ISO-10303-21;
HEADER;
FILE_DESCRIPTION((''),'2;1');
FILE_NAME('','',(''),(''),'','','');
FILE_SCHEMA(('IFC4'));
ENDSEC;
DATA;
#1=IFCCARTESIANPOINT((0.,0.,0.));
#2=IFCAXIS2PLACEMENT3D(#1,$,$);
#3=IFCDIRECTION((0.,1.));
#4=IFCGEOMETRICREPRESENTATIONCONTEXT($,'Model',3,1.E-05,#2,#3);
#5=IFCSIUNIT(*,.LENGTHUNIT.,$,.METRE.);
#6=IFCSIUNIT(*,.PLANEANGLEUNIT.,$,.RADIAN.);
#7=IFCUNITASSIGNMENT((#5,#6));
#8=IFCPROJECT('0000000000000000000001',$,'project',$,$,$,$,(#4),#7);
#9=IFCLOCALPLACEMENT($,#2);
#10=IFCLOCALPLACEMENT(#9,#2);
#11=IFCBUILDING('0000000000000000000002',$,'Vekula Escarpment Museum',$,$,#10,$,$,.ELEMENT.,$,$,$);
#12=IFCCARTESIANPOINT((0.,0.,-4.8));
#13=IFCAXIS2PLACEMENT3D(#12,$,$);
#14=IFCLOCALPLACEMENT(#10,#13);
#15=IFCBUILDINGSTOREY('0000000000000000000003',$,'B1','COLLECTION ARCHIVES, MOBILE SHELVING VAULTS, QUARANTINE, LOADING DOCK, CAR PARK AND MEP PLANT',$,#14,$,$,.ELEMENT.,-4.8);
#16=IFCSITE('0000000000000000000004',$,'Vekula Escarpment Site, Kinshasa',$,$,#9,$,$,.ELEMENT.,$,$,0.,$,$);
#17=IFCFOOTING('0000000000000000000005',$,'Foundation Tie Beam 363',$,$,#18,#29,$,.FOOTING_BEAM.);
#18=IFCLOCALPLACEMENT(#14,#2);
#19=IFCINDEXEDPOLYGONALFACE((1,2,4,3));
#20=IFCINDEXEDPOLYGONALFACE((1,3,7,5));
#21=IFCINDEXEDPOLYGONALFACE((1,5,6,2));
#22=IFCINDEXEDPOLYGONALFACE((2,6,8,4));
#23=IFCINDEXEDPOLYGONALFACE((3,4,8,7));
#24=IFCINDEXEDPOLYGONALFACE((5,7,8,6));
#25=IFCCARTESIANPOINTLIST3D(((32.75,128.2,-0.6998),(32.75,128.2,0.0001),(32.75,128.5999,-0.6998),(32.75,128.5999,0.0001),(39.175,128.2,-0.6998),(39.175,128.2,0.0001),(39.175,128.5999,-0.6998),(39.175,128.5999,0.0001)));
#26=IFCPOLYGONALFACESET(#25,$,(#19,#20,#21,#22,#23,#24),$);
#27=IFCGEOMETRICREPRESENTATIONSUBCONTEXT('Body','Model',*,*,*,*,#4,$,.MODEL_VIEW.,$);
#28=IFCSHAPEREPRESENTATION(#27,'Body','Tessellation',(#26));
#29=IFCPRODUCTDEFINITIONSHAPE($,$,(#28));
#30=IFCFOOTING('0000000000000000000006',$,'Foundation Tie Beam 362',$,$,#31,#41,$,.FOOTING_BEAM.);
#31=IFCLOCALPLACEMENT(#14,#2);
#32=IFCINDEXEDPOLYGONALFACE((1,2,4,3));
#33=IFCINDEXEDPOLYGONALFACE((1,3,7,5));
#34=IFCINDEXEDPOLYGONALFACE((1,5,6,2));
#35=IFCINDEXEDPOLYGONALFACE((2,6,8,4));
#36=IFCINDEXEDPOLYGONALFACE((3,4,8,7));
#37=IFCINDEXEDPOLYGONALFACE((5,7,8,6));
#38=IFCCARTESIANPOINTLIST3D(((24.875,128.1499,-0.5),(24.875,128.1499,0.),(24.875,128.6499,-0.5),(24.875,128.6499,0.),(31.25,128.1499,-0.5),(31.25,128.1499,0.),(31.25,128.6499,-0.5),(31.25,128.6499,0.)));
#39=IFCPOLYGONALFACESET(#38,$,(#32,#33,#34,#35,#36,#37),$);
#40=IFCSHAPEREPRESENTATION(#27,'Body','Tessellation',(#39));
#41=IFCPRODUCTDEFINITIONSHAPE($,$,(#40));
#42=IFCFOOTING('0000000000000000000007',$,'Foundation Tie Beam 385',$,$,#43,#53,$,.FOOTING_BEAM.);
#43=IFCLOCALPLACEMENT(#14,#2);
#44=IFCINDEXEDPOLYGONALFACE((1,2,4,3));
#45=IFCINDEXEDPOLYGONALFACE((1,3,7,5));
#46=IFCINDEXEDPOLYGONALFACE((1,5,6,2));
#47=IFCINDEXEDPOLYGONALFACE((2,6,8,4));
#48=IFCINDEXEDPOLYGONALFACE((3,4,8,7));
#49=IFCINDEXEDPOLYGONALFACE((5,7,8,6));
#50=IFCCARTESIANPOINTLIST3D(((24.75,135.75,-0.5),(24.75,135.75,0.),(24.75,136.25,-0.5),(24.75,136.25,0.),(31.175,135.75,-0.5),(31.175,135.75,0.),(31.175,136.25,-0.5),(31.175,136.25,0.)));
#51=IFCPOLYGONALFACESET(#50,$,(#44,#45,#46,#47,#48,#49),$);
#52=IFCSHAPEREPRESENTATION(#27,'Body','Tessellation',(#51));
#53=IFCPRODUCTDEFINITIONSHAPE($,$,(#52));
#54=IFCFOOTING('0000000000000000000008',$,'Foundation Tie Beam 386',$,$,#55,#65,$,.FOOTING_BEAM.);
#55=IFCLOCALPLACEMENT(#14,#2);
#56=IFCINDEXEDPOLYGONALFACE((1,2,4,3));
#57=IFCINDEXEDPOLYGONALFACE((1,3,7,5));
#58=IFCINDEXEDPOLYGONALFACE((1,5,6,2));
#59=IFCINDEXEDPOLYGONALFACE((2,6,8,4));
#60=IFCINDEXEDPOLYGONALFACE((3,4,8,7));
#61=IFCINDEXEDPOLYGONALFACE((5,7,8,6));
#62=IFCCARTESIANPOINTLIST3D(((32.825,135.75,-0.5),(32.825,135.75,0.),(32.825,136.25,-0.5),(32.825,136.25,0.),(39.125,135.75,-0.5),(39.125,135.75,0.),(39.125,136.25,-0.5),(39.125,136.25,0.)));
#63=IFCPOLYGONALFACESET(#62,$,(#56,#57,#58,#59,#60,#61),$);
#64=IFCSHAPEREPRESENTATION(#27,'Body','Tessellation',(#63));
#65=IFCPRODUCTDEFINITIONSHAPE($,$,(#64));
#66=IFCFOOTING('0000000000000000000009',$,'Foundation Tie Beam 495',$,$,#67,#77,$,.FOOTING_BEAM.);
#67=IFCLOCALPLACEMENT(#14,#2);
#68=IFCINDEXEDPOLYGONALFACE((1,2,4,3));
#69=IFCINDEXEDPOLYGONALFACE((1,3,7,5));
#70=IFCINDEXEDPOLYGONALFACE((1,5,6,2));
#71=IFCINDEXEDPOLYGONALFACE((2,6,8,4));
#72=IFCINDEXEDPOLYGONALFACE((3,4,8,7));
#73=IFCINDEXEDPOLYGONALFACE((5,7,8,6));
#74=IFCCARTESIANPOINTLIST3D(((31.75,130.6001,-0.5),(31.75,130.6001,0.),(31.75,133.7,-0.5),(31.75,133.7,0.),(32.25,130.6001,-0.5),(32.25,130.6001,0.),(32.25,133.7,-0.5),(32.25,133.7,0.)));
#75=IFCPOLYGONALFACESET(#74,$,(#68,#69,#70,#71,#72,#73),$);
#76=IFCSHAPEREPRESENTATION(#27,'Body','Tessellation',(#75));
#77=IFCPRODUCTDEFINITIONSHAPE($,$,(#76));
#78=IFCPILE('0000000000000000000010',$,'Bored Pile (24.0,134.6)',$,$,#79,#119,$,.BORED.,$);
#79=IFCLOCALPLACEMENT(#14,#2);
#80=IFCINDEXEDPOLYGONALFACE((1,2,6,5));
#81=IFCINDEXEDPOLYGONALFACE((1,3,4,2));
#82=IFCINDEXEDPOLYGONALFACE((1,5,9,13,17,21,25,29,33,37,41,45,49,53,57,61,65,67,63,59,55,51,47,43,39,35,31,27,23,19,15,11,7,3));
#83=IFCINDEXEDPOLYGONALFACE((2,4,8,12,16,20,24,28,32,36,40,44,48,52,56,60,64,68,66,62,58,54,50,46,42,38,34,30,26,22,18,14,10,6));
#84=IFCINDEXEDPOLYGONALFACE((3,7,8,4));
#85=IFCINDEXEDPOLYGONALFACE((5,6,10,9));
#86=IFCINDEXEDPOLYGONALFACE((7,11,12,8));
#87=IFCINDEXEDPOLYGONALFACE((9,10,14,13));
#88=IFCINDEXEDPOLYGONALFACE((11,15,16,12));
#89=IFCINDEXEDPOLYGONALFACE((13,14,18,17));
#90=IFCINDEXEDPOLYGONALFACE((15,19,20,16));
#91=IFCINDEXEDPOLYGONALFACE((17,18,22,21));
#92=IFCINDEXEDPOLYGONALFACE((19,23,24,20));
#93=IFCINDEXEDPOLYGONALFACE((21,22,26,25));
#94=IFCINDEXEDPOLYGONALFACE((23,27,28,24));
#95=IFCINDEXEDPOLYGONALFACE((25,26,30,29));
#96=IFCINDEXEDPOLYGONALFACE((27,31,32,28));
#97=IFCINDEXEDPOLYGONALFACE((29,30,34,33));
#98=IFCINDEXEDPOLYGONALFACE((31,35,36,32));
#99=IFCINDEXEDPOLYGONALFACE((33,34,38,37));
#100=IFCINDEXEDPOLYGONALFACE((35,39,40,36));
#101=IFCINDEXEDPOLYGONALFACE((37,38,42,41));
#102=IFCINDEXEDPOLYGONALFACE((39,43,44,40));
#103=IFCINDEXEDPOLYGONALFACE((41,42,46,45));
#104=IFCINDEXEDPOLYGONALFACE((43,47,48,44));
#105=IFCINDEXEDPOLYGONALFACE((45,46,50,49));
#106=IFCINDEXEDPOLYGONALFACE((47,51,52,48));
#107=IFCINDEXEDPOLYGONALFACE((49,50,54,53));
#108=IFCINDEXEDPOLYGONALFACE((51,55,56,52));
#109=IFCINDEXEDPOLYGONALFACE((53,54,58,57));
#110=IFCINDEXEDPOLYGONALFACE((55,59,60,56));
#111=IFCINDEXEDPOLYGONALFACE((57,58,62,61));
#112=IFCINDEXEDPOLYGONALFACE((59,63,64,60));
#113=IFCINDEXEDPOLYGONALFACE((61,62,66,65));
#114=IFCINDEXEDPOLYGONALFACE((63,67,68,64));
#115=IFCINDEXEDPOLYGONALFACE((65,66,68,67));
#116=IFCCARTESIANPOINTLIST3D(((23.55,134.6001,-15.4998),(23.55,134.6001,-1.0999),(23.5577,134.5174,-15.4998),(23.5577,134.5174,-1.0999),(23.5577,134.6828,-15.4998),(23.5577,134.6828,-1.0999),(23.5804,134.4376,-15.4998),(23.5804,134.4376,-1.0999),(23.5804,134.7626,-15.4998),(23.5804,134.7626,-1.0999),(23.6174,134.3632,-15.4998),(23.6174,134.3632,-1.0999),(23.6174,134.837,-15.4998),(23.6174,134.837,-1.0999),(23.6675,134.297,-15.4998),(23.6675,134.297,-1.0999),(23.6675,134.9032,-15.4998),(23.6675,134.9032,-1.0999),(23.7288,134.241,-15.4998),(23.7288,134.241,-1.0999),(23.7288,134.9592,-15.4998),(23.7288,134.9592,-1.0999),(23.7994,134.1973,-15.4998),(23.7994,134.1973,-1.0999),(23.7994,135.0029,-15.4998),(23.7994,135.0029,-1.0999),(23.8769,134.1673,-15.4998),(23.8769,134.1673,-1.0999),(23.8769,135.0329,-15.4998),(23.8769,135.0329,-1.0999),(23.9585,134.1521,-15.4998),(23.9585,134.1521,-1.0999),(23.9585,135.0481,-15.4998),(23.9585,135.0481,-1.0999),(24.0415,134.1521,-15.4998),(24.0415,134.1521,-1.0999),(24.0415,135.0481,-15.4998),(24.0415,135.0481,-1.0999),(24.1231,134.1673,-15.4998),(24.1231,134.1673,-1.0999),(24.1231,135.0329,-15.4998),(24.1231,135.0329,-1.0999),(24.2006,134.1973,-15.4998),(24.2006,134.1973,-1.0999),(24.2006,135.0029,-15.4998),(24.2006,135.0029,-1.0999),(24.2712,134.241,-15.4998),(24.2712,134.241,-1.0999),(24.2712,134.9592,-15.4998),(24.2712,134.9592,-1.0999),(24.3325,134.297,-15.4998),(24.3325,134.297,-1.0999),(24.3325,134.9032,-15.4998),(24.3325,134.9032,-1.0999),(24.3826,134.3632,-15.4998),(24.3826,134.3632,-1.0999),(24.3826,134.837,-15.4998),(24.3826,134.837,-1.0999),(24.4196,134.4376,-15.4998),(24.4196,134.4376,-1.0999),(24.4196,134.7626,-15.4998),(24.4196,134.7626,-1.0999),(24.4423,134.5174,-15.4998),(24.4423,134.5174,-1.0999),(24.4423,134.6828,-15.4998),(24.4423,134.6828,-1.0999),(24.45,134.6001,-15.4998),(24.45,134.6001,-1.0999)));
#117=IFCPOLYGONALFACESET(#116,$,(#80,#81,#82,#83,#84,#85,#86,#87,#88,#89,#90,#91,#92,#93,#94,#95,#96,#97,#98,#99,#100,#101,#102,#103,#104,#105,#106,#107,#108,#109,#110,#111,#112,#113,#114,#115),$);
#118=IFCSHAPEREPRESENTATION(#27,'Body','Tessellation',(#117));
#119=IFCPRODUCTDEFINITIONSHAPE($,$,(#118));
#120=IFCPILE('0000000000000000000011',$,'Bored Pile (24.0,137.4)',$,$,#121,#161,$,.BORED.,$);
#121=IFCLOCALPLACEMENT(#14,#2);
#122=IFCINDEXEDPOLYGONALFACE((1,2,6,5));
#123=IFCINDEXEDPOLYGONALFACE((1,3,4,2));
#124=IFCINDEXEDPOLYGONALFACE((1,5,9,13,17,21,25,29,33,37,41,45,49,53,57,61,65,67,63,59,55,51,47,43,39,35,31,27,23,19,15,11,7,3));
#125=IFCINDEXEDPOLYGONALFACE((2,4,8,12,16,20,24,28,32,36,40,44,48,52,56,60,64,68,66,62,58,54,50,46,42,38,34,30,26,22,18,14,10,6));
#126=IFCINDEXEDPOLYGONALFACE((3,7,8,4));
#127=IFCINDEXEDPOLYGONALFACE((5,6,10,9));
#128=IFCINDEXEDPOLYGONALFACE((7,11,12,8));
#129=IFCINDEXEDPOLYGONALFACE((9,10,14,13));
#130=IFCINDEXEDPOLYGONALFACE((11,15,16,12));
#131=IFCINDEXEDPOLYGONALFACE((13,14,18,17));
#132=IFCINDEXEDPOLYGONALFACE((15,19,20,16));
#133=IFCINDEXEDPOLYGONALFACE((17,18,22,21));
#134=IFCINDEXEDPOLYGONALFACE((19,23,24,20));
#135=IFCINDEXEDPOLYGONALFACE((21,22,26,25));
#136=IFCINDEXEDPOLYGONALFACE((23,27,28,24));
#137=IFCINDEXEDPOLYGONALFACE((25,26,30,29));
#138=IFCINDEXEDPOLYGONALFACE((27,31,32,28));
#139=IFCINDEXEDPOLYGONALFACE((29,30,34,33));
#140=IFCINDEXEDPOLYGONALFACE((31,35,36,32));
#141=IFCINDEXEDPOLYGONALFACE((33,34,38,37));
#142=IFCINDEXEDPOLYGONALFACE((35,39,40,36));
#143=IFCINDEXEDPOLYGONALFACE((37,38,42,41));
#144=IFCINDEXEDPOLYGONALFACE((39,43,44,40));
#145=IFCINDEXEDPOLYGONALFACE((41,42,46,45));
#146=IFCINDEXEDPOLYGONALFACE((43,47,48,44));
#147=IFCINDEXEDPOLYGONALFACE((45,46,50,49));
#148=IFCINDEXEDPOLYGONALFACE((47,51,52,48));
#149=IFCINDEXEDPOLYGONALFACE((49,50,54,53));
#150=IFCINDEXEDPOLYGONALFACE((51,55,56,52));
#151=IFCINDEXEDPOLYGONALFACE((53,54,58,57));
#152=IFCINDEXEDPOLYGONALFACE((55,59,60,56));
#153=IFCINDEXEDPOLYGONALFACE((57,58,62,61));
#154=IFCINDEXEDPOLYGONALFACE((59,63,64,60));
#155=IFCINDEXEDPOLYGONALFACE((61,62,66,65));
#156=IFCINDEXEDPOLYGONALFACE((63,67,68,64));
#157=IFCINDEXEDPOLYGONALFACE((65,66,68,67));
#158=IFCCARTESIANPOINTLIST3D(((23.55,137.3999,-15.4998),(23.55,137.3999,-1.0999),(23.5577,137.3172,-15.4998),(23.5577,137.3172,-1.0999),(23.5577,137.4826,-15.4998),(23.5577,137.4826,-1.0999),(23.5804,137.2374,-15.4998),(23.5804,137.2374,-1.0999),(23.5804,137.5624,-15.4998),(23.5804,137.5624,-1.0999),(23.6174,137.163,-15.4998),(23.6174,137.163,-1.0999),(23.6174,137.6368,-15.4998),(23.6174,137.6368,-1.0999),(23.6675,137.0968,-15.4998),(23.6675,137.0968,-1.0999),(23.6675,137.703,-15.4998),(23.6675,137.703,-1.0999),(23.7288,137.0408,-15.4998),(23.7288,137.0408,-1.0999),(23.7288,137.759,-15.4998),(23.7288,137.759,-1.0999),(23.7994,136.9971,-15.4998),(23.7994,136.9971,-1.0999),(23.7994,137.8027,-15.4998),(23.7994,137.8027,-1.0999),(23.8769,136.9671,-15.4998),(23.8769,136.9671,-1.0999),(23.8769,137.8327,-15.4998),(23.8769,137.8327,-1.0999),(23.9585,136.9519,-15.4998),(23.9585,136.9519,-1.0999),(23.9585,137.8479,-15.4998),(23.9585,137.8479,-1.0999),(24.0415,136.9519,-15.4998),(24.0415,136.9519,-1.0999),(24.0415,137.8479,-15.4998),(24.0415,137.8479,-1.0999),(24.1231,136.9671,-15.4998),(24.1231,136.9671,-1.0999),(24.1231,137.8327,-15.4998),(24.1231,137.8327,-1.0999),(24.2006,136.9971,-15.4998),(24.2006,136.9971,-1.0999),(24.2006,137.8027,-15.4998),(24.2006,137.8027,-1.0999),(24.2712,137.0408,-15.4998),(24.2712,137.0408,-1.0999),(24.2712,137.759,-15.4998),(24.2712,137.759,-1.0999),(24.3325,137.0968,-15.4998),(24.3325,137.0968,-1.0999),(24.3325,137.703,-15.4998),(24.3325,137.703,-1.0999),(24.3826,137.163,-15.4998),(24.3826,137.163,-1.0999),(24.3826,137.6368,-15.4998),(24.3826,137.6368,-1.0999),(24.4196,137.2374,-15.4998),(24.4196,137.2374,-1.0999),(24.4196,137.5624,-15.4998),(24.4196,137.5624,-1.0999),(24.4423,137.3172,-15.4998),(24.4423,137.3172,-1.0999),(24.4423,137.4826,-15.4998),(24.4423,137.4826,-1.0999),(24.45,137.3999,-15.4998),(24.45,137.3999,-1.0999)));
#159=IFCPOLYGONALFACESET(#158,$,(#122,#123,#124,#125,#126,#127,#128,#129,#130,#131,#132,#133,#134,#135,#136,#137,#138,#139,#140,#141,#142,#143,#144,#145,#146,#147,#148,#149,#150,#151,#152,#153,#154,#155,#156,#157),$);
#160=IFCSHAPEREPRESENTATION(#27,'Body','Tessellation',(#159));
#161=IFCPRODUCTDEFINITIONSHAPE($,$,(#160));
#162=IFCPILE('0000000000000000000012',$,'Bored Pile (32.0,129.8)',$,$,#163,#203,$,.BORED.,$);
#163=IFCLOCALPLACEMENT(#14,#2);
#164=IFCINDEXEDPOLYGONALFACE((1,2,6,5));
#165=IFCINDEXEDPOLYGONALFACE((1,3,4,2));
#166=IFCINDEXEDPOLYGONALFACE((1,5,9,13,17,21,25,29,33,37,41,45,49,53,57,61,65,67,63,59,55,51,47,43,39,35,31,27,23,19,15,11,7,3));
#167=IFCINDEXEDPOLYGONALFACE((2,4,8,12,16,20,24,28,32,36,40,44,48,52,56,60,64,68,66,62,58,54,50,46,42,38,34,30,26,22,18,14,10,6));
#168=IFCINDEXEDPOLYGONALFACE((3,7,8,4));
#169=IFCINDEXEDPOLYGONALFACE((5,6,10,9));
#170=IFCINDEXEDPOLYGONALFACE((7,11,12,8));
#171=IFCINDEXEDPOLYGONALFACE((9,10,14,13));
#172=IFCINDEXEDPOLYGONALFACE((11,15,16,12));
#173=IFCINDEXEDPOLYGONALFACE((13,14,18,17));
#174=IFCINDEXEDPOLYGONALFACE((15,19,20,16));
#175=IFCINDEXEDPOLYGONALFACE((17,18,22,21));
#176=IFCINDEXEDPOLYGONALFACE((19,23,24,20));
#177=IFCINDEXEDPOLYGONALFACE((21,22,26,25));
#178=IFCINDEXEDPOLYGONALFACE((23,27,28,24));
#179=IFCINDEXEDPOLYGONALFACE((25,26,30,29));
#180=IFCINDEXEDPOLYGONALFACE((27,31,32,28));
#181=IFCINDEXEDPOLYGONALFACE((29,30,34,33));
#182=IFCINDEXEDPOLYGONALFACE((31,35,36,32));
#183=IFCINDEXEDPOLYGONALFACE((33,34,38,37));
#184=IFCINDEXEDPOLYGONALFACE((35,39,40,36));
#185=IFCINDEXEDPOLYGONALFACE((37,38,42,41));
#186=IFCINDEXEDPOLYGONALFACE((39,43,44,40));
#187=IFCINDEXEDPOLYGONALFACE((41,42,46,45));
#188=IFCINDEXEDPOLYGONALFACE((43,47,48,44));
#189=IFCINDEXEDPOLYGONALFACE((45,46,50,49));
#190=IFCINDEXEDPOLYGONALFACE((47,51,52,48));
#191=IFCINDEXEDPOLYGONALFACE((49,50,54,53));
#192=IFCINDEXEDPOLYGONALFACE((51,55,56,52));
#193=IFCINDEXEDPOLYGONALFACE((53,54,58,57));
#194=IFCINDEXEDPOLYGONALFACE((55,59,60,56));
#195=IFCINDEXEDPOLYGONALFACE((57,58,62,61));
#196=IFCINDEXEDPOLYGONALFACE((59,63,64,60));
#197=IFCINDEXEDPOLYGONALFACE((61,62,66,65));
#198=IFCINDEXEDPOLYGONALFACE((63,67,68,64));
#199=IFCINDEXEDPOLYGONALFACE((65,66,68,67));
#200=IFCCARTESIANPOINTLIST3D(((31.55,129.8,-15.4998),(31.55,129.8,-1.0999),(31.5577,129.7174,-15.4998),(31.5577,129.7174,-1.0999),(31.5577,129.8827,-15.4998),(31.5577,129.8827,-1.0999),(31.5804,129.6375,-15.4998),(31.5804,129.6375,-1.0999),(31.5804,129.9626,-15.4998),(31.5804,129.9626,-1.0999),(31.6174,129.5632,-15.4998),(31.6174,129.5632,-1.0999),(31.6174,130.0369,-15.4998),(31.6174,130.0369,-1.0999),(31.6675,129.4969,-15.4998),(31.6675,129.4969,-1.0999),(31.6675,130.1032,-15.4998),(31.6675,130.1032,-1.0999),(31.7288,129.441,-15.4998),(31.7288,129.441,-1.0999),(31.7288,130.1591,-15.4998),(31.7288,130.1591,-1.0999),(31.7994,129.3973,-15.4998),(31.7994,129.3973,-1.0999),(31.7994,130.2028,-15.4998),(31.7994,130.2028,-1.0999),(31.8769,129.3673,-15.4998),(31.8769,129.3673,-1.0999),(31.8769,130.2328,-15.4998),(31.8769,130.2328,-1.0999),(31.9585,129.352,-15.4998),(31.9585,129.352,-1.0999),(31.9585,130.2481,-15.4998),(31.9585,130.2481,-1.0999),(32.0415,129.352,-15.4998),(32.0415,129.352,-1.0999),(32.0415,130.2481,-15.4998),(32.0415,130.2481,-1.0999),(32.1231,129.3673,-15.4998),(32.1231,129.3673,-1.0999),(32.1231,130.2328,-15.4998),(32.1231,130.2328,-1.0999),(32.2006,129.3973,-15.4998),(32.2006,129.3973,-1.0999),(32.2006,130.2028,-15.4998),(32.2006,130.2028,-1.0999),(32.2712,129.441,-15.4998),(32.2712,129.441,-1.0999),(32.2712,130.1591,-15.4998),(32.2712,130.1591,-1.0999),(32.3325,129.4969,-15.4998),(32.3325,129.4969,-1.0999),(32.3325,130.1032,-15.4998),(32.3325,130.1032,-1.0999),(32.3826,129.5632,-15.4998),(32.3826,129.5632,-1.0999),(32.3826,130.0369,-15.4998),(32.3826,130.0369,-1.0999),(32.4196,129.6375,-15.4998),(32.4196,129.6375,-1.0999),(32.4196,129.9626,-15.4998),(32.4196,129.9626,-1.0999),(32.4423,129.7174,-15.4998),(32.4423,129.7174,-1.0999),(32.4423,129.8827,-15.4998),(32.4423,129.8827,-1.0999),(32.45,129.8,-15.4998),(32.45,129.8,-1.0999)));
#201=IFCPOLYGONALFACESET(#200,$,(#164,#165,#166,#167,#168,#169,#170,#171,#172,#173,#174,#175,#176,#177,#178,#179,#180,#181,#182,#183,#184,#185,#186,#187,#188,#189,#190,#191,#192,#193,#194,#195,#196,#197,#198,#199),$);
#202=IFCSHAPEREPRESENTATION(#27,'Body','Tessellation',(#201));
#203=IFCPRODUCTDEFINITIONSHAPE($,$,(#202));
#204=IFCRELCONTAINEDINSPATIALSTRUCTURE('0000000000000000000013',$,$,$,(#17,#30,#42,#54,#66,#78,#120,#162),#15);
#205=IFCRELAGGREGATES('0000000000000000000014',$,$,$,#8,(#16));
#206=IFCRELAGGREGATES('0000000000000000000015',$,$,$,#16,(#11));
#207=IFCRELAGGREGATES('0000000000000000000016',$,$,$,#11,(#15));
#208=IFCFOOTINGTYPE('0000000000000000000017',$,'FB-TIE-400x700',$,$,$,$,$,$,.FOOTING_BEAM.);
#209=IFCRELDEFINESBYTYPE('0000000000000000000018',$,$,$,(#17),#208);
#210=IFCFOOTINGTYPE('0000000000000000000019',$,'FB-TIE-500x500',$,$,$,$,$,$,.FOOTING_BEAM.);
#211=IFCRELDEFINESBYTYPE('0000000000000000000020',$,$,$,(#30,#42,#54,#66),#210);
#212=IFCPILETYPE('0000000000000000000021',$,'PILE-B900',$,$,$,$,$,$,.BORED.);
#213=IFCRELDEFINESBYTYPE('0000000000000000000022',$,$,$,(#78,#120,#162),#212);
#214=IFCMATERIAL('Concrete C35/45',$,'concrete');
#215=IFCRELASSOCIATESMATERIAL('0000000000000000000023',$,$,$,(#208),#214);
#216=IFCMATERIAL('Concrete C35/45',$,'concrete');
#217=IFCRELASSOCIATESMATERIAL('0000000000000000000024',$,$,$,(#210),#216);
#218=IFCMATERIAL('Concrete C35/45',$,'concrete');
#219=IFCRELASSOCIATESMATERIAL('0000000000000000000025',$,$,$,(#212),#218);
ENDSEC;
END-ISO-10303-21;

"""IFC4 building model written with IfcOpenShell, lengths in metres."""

from ifc_helpers import new_model, si_unit, direction, frame, origin, origin_2d, place, context, subcontext, project, spatial, rectangle, circle, extrude, material, material_profile, profile_set, type_object, element, save


model = new_model("IFC4")

# Units and contexts
model_context = context("Model", 3, precision=1e-05, world=origin(), true_north=direction((0.0, 1.0)))
body_context = subcontext(model_context, "Body", "Model", "MODEL_VIEW")
ifc_project = project(units=[si_unit("LENGTHUNIT", "METRE"), si_unit("PLANEANGLEUNIT", "RADIAN")], contexts=[model_context])

# Site, building, storey
site_placement = place(None, origin())
site = spatial("IfcSite", under=ifc_project, at=site_placement, Name="Vekula Escarpment Site, Kinshasa", CompositionType="ELEMENT", RefElevation=0.0)
building_placement = place(site_placement, origin())
building = spatial("IfcBuilding", under=site, at=building_placement, Name="Vekula Escarpment Museum", CompositionType="ELEMENT")
storey_placement = place(building_placement, frame((0.0, 0.0, -4.8)))
storey = spatial("IfcBuildingStorey", under=building, at=storey_placement, Name="B1", Description="COLLECTION ARCHIVES, MOBILE SHELVING VAULTS, QUARANTINE, LOADING DOCK, CAR PARK AND MEP PLANT", CompositionType="ELEMENT", Elevation=-4.8)

# Footings
ifc_material_1 = material(Name="Concrete C35/45", Category="concrete")
ifc_material_profile_1 = material_profile(ifc_material_1, rectangle(XDim=0.3999, YDim=0.7, at=origin_2d()), Name="RC 400x700")
ifc_profile_set_1 = profile_set([ifc_material_profile_1], Name="Concrete C35/45")
footing_type_1 = type_object("IfcFootingType", Name="FB-TIE-400x700", PredefinedType="FOOTING_BEAM", material=ifc_profile_set_1)
footing_1_placement = place(storey_placement, frame((32.75, 128.3999, -0.3499), z_axis=(1.0, 0.0, 0.0), x_axis=(0.0, 1.0, 0.0)))
element("IfcFooting", 1, at=footing_1_placement, inside=storey, type_object=footing_type_1, Name="Foundation Tie Beam 363", PredefinedType="FOOTING_BEAM", context=body_context, shape_type="SweptSolid", body=[
    extrude(rectangle(XDim=0.3999, YDim=0.7, at=origin_2d()), origin(), (0.0, 0.0, 1.0), 6.425),
])
ifc_material_2 = material(Name="Concrete C35/45", Category="concrete")
ifc_material_profile_2 = material_profile(ifc_material_2, rectangle(XDim=0.5, YDim=0.5, at=origin_2d()), Name="RC 500x500")
ifc_profile_set_2 = profile_set([ifc_material_profile_2], Name="Concrete C35/45")
footing_type_2 = type_object("IfcFootingType", Name="FB-TIE-500x500", PredefinedType="FOOTING_BEAM", material=ifc_profile_set_2)
footing_2_placement = place(storey_placement, frame((24.875, 128.3999, -0.25), z_axis=(1.0, 0.0, 0.0), x_axis=(0.0, 1.0, 0.0)))
element("IfcFooting", 2, at=footing_2_placement, inside=storey, type_object=footing_type_2, Name="Foundation Tie Beam 362", PredefinedType="FOOTING_BEAM", context=body_context, shape_type="SweptSolid", body=[
    extrude(rectangle(XDim=0.5, YDim=0.5, at=origin_2d()), origin(), (0.0, 0.0, 1.0), 6.375),
])
footing_3_placement = place(storey_placement, frame((24.75, 136.0, -0.25), z_axis=(1.0, 0.0, 0.0), x_axis=(0.0, 1.0, 0.0)))
element("IfcFooting", 3, at=footing_3_placement, inside=storey, type_object=footing_type_2, Name="Foundation Tie Beam 385", PredefinedType="FOOTING_BEAM", context=body_context, shape_type="SweptSolid", body=[
    extrude(rectangle(XDim=0.5, YDim=0.5, at=origin_2d()), origin(), (0.0, 0.0, 1.0), 6.425),
])
footing_4_placement = place(storey_placement, frame((32.825, 136.0, -0.25), z_axis=(1.0, 0.0, 0.0), x_axis=(0.0, 1.0, 0.0)))
element("IfcFooting", 4, at=footing_4_placement, inside=storey, type_object=footing_type_2, Name="Foundation Tie Beam 386", PredefinedType="FOOTING_BEAM", context=body_context, shape_type="SweptSolid", body=[
    extrude(rectangle(XDim=0.5, YDim=0.5, at=origin_2d()), origin(), (0.0, 0.0, 1.0), 6.3),
])
footing_5_placement = place(storey_placement, frame((32.0, 130.6001, -0.25), z_axis=(0.0, 1.0, 0.0), x_axis=(-1.0, 0.0, 0.0)))
element("IfcFooting", 5, at=footing_5_placement, inside=storey, type_object=footing_type_2, Name="Foundation Tie Beam 495", PredefinedType="FOOTING_BEAM", context=body_context, shape_type="SweptSolid", body=[
    extrude(rectangle(XDim=0.5, YDim=0.5, at=origin_2d()), origin(), (0.0, 0.0, 1.0), 3.0999),
])

# Piles
ifc_material_3 = material(Name="Concrete C35/45", Category="concrete")
ifc_material_profile_3 = material_profile(ifc_material_3, circle(Radius=0.45, at=origin_2d()), Name="BORED PILE 900")
ifc_profile_set_3 = profile_set([ifc_material_profile_3], Name="Concrete C35/45")
pile_type = type_object("IfcPileType", Name="PILE-B900", PredefinedType="BORED", material=ifc_profile_set_3)
for number, where, z_axis, x_axis, name in (
    (6, (24.0, 134.6001, -1.0999), (0.0, 0.0, -1.0), (1.0, 0.0, 0.0), "Bored Pile (24.0,134.6)"),
    (7, (24.0, 137.3999, -1.0999), (0.0, 0.0, -1.0), (1.0, 0.0, 0.0), "Bored Pile (24.0,137.4)"),
    (8, (32.0, 129.8, -1.0999), (0.0, 0.0, -1.0), (1.0, 0.0, 0.0), "Bored Pile (32.0,129.8)"),
):
    element("IfcPile", number, at=place(storey_placement, frame(where, z_axis=z_axis, x_axis=x_axis)), inside=storey, type_object=pile_type, Name=name, PredefinedType="BORED", context=body_context, shape_type="SweptSolid", body=[
        extrude(circle(Radius=0.45, at=origin_2d()), origin(), (0.0, 0.0, 1.0), 14.3999),
    ])

save(model, "model.ifc")
